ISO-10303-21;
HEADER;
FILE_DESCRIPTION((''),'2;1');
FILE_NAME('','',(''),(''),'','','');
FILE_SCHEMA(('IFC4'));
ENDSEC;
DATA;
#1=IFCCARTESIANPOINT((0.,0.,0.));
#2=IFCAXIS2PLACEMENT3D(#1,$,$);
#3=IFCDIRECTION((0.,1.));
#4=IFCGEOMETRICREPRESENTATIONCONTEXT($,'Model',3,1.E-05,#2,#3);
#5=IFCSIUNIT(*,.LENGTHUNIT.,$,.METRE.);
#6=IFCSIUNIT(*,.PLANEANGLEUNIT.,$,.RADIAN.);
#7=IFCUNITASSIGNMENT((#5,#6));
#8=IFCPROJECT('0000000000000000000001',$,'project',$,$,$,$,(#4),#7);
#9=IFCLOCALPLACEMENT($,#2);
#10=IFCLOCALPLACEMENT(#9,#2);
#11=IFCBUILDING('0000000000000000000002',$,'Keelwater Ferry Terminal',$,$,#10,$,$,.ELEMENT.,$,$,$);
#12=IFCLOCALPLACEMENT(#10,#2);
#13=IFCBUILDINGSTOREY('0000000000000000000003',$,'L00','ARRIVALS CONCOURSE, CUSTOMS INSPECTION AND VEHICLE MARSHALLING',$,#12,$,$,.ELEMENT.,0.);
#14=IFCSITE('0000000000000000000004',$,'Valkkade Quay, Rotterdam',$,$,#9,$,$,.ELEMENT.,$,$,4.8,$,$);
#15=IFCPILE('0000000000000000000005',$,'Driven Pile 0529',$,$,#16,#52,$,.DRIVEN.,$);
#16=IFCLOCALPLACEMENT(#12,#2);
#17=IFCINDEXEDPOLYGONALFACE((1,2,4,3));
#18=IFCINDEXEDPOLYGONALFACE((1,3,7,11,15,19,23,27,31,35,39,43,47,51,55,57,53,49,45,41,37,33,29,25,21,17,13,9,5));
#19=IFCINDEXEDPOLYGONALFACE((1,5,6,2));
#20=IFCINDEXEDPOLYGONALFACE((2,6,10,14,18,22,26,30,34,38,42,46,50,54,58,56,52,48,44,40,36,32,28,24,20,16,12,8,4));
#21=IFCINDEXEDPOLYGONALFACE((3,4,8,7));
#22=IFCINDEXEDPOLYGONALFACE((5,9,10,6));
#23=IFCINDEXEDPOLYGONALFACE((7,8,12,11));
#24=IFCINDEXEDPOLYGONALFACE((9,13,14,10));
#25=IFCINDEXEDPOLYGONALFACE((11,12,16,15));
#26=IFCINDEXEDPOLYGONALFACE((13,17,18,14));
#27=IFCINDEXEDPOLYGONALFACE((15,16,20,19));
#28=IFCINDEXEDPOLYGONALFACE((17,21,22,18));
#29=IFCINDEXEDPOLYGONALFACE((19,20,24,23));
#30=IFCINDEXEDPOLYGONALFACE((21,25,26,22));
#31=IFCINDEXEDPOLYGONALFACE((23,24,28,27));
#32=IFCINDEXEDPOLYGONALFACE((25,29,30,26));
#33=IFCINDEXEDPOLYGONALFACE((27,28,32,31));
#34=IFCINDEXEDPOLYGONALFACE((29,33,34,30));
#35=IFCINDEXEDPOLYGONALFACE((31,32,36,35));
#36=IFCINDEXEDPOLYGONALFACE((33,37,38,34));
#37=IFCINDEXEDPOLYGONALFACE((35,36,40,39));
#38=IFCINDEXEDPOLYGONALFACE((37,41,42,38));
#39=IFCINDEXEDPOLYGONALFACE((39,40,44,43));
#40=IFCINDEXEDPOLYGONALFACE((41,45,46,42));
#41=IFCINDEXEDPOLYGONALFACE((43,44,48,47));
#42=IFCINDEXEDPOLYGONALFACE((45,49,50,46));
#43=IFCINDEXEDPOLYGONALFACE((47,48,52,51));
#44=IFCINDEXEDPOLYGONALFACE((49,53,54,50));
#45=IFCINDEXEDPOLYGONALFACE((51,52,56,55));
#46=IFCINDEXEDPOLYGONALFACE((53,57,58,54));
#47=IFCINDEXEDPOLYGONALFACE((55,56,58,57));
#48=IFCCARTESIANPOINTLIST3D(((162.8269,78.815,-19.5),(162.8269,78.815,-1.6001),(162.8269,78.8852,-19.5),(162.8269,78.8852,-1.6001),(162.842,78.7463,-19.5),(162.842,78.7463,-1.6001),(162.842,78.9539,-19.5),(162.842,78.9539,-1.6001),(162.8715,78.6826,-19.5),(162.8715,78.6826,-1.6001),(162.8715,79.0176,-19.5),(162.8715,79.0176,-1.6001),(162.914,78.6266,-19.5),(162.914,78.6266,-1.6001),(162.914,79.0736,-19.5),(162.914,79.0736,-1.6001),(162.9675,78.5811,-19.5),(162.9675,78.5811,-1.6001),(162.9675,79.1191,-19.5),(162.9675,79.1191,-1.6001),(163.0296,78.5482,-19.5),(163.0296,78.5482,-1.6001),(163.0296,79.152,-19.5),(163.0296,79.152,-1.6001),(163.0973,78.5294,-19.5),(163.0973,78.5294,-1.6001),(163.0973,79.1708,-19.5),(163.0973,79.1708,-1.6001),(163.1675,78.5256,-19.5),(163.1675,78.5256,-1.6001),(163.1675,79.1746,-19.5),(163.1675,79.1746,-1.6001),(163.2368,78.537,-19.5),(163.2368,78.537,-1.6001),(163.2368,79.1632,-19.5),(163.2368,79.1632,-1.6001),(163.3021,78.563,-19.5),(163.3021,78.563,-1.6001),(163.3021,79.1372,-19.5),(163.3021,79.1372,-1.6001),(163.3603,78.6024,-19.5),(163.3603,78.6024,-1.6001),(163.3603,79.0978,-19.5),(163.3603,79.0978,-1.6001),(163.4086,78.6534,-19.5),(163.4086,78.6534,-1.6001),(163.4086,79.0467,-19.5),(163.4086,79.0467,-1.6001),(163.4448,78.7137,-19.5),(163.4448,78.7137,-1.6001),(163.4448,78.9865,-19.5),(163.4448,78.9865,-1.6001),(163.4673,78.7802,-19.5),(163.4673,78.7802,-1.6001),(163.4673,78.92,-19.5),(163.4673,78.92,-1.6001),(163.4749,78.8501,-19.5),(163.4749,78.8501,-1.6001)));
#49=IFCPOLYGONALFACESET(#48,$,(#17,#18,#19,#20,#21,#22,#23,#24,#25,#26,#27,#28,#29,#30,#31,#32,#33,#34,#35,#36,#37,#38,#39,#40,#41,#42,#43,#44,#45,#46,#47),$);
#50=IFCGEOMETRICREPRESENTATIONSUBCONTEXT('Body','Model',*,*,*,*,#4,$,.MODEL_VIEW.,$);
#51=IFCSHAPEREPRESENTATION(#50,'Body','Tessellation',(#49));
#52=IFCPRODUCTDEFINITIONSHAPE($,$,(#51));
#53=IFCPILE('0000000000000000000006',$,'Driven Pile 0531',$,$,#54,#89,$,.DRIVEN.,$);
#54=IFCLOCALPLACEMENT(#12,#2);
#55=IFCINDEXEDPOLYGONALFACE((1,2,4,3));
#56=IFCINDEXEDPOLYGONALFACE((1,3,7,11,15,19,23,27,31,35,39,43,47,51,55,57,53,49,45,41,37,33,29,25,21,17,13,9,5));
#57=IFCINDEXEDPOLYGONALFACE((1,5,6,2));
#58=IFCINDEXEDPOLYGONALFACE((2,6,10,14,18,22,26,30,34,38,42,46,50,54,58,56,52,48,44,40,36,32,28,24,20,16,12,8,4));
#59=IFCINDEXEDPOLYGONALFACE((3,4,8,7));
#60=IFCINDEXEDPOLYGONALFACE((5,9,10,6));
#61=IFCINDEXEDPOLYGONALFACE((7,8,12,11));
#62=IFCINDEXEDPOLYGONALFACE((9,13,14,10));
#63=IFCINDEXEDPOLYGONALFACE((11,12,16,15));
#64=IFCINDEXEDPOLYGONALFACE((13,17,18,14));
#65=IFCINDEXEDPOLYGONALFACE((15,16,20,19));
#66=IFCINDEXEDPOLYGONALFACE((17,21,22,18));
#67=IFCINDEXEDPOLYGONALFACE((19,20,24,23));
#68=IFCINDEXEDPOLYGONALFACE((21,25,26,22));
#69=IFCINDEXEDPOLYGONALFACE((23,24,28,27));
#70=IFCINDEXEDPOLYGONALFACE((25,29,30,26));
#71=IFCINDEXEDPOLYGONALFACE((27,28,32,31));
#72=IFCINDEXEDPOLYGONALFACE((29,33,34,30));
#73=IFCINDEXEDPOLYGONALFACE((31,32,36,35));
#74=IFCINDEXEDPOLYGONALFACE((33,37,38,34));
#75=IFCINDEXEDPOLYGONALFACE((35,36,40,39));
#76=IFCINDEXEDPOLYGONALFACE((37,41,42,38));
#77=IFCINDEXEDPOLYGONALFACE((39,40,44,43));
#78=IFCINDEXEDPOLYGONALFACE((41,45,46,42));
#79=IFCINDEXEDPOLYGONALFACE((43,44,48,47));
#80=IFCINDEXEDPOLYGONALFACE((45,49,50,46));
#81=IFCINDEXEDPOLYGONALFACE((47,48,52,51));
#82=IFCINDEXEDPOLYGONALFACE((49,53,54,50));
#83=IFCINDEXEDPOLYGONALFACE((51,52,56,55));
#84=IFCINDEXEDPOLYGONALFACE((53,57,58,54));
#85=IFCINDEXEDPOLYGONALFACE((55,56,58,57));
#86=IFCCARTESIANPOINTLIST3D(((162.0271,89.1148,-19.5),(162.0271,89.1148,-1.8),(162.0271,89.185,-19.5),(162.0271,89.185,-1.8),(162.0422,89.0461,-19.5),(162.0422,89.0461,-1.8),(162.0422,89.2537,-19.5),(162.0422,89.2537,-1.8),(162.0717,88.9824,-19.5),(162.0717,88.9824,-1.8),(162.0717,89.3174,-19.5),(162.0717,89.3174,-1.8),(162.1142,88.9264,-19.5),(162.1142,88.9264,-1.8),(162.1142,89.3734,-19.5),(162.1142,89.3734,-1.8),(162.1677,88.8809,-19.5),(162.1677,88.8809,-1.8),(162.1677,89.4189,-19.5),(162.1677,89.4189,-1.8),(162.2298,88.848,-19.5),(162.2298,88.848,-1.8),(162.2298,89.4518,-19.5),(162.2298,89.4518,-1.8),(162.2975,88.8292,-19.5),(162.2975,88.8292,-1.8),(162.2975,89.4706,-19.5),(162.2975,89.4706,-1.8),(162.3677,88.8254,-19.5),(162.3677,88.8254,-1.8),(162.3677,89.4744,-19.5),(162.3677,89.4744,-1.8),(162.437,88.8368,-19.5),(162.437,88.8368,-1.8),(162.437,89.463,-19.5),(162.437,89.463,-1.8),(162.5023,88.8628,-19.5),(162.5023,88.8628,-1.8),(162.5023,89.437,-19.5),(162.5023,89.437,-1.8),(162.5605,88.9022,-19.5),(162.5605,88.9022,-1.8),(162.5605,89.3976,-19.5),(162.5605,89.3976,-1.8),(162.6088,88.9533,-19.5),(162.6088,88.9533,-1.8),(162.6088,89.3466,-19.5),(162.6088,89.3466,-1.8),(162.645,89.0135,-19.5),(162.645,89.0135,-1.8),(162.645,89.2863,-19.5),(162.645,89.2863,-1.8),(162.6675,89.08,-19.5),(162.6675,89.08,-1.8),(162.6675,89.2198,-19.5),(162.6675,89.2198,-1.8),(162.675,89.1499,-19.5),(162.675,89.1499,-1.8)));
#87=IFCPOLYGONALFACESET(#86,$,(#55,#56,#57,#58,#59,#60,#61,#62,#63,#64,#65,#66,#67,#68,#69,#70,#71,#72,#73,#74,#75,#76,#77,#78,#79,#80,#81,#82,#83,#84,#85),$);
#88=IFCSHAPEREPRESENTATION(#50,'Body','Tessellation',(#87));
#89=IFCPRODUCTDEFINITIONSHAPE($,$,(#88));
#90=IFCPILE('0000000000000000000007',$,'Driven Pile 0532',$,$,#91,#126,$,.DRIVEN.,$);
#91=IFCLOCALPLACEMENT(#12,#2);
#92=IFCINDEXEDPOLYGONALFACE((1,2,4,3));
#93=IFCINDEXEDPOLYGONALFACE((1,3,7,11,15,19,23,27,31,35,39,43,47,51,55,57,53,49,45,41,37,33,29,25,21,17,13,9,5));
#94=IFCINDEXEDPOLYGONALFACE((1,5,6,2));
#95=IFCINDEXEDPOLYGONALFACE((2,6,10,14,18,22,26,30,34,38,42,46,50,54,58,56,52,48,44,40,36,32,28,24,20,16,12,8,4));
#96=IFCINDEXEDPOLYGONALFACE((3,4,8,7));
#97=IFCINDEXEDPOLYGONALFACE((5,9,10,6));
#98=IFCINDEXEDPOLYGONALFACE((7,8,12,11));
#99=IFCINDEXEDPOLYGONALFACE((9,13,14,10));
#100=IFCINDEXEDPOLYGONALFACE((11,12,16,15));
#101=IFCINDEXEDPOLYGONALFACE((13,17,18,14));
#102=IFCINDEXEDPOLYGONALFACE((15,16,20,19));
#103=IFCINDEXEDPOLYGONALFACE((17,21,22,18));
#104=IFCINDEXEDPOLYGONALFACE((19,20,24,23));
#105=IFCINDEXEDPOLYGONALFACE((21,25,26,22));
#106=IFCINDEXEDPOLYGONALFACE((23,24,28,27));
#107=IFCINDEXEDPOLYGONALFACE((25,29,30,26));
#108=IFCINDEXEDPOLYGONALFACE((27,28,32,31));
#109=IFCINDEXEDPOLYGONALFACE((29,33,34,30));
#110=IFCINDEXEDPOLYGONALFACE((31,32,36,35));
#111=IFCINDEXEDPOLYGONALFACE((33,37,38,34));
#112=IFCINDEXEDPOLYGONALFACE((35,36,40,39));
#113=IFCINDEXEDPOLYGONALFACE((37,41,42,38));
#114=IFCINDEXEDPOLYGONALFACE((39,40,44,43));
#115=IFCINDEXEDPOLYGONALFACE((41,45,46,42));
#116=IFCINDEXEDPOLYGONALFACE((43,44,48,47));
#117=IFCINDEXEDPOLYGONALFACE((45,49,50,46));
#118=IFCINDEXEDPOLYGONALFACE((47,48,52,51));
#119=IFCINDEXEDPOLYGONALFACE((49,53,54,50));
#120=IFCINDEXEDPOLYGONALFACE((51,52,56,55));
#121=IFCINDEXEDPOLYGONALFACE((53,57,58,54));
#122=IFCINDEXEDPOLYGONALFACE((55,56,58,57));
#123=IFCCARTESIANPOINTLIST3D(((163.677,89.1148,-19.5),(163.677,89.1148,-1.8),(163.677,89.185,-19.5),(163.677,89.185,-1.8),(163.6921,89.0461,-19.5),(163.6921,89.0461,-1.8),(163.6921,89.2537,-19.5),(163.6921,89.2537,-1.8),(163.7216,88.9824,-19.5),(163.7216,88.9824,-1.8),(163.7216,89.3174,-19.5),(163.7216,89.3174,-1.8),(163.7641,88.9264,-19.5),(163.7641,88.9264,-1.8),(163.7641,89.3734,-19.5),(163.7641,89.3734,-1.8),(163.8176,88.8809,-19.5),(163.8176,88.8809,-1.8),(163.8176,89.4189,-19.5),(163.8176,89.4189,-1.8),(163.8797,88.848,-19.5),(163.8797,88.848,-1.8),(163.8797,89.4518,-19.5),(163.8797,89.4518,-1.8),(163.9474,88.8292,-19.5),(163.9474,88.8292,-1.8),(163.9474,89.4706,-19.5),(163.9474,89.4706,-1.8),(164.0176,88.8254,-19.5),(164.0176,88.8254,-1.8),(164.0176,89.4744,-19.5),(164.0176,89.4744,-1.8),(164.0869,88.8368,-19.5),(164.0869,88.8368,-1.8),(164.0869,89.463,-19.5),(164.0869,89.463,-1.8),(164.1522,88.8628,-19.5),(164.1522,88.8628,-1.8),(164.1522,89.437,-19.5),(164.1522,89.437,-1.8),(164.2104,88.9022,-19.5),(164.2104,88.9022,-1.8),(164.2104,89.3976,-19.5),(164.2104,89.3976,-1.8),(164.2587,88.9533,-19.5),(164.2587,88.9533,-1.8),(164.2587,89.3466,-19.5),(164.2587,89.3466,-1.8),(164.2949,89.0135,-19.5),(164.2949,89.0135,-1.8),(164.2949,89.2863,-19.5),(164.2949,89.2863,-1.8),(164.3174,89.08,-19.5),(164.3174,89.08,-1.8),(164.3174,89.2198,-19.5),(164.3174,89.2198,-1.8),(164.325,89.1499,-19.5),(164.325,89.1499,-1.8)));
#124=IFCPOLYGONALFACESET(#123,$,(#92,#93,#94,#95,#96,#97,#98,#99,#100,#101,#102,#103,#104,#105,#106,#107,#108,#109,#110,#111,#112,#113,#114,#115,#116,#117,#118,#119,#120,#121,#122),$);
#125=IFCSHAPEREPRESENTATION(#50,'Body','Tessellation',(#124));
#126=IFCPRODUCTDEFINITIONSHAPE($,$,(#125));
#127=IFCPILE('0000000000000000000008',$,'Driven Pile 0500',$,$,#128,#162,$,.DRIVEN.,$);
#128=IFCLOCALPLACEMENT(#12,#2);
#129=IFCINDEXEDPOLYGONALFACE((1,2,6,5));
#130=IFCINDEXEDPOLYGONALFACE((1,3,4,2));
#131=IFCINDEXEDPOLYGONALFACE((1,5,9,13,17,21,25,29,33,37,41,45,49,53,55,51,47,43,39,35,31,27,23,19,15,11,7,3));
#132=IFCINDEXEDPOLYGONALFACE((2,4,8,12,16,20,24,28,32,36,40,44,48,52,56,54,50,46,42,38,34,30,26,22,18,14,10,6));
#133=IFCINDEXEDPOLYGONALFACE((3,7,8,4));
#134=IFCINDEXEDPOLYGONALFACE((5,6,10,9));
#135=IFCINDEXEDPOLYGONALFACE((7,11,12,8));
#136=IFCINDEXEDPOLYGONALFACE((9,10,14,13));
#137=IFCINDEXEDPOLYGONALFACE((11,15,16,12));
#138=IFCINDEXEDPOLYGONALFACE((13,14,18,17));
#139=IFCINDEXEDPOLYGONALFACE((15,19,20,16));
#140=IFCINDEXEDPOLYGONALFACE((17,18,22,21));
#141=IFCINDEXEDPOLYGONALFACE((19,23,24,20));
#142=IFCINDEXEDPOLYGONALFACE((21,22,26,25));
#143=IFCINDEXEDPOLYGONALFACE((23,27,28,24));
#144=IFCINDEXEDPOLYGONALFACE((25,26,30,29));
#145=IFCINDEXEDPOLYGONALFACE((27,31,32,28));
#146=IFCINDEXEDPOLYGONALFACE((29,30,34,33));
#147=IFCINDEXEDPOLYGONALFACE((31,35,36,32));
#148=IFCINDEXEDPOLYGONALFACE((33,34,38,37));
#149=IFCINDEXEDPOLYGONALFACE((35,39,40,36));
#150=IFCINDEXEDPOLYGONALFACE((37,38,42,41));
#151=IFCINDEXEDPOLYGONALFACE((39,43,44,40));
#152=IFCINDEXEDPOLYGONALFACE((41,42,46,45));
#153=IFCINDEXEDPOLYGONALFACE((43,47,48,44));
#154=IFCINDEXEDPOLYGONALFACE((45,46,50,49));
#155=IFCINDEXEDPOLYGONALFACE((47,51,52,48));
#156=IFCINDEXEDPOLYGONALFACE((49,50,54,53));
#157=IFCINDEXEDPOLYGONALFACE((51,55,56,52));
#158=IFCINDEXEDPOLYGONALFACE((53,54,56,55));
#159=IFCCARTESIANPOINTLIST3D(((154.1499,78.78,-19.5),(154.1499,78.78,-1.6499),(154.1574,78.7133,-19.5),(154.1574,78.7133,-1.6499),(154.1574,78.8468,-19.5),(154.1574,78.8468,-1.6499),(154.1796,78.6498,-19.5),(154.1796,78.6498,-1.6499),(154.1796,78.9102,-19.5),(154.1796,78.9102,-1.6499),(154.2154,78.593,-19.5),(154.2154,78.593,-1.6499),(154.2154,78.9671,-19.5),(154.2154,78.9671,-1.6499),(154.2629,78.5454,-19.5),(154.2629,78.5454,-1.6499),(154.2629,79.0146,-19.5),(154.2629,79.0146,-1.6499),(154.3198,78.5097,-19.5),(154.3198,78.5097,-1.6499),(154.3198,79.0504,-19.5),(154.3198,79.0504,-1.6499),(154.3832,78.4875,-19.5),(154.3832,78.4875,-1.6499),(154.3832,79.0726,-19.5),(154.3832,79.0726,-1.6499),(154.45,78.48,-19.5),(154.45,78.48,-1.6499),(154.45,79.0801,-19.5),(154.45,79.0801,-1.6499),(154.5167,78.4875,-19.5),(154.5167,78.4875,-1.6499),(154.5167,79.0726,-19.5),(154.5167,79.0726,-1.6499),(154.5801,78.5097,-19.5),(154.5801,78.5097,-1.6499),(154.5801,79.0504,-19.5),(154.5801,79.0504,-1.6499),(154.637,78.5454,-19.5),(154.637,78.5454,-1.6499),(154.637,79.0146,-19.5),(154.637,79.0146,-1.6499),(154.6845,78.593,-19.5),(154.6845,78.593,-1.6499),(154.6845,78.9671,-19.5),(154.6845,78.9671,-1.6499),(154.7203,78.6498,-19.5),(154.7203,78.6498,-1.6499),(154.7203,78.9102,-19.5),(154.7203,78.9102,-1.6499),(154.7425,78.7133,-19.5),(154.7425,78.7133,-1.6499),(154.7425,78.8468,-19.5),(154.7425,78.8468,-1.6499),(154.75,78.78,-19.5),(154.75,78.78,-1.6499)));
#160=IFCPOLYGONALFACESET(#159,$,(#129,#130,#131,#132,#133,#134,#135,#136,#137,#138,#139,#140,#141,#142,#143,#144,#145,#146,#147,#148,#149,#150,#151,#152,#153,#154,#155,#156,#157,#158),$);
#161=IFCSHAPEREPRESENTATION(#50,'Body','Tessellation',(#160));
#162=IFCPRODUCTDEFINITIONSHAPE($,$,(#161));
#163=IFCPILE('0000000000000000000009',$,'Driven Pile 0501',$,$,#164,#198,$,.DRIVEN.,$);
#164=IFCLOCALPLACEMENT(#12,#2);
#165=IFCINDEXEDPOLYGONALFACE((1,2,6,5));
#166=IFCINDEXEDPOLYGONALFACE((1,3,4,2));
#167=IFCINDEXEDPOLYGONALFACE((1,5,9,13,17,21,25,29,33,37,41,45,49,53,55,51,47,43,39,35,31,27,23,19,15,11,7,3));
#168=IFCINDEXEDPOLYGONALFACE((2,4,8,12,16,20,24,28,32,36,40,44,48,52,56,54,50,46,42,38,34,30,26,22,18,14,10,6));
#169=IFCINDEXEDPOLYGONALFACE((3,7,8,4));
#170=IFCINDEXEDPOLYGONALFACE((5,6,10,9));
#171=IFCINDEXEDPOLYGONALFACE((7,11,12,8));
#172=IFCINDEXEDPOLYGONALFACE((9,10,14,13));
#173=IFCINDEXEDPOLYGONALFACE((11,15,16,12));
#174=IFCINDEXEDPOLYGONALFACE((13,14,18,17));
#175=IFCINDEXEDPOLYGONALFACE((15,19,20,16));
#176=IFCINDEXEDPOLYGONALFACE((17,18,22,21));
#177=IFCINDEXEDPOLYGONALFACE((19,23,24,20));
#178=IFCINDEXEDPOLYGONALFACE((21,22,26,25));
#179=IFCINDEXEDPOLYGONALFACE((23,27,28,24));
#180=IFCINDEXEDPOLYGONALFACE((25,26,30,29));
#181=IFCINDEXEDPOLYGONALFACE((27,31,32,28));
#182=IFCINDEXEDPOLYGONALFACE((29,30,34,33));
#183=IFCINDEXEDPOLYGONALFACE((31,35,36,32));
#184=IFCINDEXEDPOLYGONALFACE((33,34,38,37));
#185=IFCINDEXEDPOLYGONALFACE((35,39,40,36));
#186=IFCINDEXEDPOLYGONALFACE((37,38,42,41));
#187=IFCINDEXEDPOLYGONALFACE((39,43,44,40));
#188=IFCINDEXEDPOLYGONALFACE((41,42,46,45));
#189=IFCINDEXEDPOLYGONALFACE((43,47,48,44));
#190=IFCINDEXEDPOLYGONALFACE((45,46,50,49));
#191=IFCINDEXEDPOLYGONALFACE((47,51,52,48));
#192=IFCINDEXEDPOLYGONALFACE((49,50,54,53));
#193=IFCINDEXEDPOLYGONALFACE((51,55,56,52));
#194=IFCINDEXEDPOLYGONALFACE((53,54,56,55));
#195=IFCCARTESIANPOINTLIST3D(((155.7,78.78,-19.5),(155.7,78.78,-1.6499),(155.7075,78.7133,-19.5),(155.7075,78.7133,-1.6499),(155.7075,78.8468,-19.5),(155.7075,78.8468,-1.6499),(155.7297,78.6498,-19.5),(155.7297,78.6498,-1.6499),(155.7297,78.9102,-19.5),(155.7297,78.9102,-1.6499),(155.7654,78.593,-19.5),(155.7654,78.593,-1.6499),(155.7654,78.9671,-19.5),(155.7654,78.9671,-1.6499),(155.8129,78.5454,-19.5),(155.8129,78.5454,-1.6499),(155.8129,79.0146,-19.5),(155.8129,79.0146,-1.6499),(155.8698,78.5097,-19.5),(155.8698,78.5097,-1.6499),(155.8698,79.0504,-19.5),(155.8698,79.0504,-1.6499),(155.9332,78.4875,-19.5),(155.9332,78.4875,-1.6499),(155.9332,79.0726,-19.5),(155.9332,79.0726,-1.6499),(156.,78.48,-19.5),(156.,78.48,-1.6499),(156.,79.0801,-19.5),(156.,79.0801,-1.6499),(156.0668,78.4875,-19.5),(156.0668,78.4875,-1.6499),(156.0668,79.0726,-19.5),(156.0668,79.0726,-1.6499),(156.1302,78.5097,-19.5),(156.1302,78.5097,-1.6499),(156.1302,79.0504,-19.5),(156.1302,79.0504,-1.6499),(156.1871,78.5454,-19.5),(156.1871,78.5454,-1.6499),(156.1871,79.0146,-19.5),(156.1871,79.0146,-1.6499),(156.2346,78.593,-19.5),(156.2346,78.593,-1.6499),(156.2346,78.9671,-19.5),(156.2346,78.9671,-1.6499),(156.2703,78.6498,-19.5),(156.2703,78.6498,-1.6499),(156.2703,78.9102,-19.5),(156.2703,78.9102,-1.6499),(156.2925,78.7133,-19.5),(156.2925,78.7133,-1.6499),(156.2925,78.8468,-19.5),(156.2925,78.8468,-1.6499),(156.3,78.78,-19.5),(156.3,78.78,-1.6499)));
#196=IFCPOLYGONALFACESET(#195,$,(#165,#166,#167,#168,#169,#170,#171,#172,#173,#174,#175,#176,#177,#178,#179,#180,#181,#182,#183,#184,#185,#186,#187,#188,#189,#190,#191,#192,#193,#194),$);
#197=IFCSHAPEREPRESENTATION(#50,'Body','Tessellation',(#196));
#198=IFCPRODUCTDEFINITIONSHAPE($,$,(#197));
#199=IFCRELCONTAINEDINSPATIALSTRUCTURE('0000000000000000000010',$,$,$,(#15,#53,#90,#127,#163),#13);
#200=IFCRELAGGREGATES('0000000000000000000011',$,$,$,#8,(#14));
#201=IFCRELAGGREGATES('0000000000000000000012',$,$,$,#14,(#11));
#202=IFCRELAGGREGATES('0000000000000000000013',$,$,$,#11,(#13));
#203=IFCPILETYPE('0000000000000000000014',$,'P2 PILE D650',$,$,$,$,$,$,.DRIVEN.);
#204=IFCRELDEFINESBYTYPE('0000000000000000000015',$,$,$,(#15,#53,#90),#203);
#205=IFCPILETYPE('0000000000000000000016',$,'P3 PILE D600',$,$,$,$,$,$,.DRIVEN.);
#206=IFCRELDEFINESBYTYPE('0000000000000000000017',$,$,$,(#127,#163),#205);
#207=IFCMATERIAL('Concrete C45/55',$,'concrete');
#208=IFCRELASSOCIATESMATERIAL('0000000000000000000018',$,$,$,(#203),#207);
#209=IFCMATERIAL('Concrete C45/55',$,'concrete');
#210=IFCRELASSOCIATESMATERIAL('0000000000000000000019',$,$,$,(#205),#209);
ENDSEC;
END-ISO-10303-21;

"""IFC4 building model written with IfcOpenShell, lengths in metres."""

from ifc_helpers import new_model, si_unit, direction, frame, origin, origin_2d, place, context, subcontext, project, spatial, circle, extrude, material, material_profile, profile_set, type_object, element, save


model = new_model("IFC4")

# Units and contexts
model_context = context("Model", 3, precision=1e-05, world=origin(), true_north=direction((0.0, 1.0)))
body_context = subcontext(model_context, "Body", "Model", "MODEL_VIEW")
ifc_project = project(units=[si_unit("LENGTHUNIT", "METRE"), si_unit("PLANEANGLEUNIT", "RADIAN")], contexts=[model_context])

# Site, building, storey
site_placement = place(None, origin())
site = spatial("IfcSite", under=ifc_project, at=site_placement, Name="Valkkade Quay, Rotterdam", CompositionType="ELEMENT", RefElevation=4.8)
building_placement = place(site_placement, origin())
building = spatial("IfcBuilding", under=site, at=building_placement, Name="Keelwater Ferry Terminal", CompositionType="ELEMENT")
storey_placement = place(building_placement, origin())
storey = spatial("IfcBuildingStorey", under=building, at=storey_placement, Name="L00", Description="ARRIVALS CONCOURSE, CUSTOMS INSPECTION AND VEHICLE MARSHALLING", CompositionType="ELEMENT", Elevation=0.0)

# Piles
ifc_material_1 = material(Name="Concrete C45/55", Category="concrete")
ifc_material_profile_1 = material_profile(ifc_material_1, circle(Radius=0.325, at=origin_2d()), Name="PILE D650")
ifc_profile_set_1 = profile_set([ifc_material_profile_1], Name="Concrete C45/55")
pile_type_1 = type_object("IfcPileType", Name="P2 PILE D650", PredefinedType="DRIVEN", material=ifc_profile_set_1)
pile_1_placement = place(storey_placement, frame((163.1499, 78.8501, -1.6001), z_axis=(0.0, 0.0, -1.0), x_axis=(1.0, 0.0, 0.0)))
element("IfcPile", 1, at=pile_1_placement, inside=storey, type_object=pile_type_1, Name="Driven Pile 0529", PredefinedType="DRIVEN", context=body_context, shape_type="SweptSolid", body=[
    extrude(circle(Radius=0.325, at=origin_2d()), origin(), (0.0, 0.0, 1.0), 17.8999),
])
for number, where, z_axis, x_axis, name in (
    (2, (162.3501, 89.1499, -1.8), (0.0, 0.0, -1.0), (1.0, 0.0, 0.0), "Driven Pile 0531"),
    (3, (164.0, 89.1499, -1.8), (0.0, 0.0, -1.0), (1.0, 0.0, 0.0), "Driven Pile 0532"),
):
    element("IfcPile", number, at=place(storey_placement, frame(where, z_axis=z_axis, x_axis=x_axis)), inside=storey, type_object=pile_type_1, Name=name, PredefinedType="DRIVEN", context=body_context, shape_type="SweptSolid", body=[
        extrude(circle(Radius=0.325, at=origin_2d()), origin(), (0.0, 0.0, 1.0), 17.7),
    ])
ifc_material_2 = material(Name="Concrete C45/55", Category="concrete")
ifc_material_profile_2 = material_profile(ifc_material_2, circle(Radius=0.3, at=origin_2d()), Name="PILE D600")
ifc_profile_set_2 = profile_set([ifc_material_profile_2], Name="Concrete C45/55")
pile_type_2 = type_object("IfcPileType", Name="P3 PILE D600", PredefinedType="DRIVEN", material=ifc_profile_set_2)
for number, where, z_axis, x_axis, name in (
    (4, (154.45, 78.78, -1.6499), (0.0, 0.0, -1.0), (1.0, 0.0, 0.0), "Driven Pile 0500"),
    (5, (156.0, 78.78, -1.6499), (0.0, 0.0, -1.0), (1.0, 0.0, 0.0), "Driven Pile 0501"),
):
    element("IfcPile", number, at=place(storey_placement, frame(where, z_axis=z_axis, x_axis=x_axis)), inside=storey, type_object=pile_type_2, Name=name, PredefinedType="DRIVEN", context=body_context, shape_type="SweptSolid", body=[
        extrude(circle(Radius=0.3, at=origin_2d()), origin(), (0.0, 0.0, 1.0), 17.8501),
    ])

save(model, "model.ifc")
